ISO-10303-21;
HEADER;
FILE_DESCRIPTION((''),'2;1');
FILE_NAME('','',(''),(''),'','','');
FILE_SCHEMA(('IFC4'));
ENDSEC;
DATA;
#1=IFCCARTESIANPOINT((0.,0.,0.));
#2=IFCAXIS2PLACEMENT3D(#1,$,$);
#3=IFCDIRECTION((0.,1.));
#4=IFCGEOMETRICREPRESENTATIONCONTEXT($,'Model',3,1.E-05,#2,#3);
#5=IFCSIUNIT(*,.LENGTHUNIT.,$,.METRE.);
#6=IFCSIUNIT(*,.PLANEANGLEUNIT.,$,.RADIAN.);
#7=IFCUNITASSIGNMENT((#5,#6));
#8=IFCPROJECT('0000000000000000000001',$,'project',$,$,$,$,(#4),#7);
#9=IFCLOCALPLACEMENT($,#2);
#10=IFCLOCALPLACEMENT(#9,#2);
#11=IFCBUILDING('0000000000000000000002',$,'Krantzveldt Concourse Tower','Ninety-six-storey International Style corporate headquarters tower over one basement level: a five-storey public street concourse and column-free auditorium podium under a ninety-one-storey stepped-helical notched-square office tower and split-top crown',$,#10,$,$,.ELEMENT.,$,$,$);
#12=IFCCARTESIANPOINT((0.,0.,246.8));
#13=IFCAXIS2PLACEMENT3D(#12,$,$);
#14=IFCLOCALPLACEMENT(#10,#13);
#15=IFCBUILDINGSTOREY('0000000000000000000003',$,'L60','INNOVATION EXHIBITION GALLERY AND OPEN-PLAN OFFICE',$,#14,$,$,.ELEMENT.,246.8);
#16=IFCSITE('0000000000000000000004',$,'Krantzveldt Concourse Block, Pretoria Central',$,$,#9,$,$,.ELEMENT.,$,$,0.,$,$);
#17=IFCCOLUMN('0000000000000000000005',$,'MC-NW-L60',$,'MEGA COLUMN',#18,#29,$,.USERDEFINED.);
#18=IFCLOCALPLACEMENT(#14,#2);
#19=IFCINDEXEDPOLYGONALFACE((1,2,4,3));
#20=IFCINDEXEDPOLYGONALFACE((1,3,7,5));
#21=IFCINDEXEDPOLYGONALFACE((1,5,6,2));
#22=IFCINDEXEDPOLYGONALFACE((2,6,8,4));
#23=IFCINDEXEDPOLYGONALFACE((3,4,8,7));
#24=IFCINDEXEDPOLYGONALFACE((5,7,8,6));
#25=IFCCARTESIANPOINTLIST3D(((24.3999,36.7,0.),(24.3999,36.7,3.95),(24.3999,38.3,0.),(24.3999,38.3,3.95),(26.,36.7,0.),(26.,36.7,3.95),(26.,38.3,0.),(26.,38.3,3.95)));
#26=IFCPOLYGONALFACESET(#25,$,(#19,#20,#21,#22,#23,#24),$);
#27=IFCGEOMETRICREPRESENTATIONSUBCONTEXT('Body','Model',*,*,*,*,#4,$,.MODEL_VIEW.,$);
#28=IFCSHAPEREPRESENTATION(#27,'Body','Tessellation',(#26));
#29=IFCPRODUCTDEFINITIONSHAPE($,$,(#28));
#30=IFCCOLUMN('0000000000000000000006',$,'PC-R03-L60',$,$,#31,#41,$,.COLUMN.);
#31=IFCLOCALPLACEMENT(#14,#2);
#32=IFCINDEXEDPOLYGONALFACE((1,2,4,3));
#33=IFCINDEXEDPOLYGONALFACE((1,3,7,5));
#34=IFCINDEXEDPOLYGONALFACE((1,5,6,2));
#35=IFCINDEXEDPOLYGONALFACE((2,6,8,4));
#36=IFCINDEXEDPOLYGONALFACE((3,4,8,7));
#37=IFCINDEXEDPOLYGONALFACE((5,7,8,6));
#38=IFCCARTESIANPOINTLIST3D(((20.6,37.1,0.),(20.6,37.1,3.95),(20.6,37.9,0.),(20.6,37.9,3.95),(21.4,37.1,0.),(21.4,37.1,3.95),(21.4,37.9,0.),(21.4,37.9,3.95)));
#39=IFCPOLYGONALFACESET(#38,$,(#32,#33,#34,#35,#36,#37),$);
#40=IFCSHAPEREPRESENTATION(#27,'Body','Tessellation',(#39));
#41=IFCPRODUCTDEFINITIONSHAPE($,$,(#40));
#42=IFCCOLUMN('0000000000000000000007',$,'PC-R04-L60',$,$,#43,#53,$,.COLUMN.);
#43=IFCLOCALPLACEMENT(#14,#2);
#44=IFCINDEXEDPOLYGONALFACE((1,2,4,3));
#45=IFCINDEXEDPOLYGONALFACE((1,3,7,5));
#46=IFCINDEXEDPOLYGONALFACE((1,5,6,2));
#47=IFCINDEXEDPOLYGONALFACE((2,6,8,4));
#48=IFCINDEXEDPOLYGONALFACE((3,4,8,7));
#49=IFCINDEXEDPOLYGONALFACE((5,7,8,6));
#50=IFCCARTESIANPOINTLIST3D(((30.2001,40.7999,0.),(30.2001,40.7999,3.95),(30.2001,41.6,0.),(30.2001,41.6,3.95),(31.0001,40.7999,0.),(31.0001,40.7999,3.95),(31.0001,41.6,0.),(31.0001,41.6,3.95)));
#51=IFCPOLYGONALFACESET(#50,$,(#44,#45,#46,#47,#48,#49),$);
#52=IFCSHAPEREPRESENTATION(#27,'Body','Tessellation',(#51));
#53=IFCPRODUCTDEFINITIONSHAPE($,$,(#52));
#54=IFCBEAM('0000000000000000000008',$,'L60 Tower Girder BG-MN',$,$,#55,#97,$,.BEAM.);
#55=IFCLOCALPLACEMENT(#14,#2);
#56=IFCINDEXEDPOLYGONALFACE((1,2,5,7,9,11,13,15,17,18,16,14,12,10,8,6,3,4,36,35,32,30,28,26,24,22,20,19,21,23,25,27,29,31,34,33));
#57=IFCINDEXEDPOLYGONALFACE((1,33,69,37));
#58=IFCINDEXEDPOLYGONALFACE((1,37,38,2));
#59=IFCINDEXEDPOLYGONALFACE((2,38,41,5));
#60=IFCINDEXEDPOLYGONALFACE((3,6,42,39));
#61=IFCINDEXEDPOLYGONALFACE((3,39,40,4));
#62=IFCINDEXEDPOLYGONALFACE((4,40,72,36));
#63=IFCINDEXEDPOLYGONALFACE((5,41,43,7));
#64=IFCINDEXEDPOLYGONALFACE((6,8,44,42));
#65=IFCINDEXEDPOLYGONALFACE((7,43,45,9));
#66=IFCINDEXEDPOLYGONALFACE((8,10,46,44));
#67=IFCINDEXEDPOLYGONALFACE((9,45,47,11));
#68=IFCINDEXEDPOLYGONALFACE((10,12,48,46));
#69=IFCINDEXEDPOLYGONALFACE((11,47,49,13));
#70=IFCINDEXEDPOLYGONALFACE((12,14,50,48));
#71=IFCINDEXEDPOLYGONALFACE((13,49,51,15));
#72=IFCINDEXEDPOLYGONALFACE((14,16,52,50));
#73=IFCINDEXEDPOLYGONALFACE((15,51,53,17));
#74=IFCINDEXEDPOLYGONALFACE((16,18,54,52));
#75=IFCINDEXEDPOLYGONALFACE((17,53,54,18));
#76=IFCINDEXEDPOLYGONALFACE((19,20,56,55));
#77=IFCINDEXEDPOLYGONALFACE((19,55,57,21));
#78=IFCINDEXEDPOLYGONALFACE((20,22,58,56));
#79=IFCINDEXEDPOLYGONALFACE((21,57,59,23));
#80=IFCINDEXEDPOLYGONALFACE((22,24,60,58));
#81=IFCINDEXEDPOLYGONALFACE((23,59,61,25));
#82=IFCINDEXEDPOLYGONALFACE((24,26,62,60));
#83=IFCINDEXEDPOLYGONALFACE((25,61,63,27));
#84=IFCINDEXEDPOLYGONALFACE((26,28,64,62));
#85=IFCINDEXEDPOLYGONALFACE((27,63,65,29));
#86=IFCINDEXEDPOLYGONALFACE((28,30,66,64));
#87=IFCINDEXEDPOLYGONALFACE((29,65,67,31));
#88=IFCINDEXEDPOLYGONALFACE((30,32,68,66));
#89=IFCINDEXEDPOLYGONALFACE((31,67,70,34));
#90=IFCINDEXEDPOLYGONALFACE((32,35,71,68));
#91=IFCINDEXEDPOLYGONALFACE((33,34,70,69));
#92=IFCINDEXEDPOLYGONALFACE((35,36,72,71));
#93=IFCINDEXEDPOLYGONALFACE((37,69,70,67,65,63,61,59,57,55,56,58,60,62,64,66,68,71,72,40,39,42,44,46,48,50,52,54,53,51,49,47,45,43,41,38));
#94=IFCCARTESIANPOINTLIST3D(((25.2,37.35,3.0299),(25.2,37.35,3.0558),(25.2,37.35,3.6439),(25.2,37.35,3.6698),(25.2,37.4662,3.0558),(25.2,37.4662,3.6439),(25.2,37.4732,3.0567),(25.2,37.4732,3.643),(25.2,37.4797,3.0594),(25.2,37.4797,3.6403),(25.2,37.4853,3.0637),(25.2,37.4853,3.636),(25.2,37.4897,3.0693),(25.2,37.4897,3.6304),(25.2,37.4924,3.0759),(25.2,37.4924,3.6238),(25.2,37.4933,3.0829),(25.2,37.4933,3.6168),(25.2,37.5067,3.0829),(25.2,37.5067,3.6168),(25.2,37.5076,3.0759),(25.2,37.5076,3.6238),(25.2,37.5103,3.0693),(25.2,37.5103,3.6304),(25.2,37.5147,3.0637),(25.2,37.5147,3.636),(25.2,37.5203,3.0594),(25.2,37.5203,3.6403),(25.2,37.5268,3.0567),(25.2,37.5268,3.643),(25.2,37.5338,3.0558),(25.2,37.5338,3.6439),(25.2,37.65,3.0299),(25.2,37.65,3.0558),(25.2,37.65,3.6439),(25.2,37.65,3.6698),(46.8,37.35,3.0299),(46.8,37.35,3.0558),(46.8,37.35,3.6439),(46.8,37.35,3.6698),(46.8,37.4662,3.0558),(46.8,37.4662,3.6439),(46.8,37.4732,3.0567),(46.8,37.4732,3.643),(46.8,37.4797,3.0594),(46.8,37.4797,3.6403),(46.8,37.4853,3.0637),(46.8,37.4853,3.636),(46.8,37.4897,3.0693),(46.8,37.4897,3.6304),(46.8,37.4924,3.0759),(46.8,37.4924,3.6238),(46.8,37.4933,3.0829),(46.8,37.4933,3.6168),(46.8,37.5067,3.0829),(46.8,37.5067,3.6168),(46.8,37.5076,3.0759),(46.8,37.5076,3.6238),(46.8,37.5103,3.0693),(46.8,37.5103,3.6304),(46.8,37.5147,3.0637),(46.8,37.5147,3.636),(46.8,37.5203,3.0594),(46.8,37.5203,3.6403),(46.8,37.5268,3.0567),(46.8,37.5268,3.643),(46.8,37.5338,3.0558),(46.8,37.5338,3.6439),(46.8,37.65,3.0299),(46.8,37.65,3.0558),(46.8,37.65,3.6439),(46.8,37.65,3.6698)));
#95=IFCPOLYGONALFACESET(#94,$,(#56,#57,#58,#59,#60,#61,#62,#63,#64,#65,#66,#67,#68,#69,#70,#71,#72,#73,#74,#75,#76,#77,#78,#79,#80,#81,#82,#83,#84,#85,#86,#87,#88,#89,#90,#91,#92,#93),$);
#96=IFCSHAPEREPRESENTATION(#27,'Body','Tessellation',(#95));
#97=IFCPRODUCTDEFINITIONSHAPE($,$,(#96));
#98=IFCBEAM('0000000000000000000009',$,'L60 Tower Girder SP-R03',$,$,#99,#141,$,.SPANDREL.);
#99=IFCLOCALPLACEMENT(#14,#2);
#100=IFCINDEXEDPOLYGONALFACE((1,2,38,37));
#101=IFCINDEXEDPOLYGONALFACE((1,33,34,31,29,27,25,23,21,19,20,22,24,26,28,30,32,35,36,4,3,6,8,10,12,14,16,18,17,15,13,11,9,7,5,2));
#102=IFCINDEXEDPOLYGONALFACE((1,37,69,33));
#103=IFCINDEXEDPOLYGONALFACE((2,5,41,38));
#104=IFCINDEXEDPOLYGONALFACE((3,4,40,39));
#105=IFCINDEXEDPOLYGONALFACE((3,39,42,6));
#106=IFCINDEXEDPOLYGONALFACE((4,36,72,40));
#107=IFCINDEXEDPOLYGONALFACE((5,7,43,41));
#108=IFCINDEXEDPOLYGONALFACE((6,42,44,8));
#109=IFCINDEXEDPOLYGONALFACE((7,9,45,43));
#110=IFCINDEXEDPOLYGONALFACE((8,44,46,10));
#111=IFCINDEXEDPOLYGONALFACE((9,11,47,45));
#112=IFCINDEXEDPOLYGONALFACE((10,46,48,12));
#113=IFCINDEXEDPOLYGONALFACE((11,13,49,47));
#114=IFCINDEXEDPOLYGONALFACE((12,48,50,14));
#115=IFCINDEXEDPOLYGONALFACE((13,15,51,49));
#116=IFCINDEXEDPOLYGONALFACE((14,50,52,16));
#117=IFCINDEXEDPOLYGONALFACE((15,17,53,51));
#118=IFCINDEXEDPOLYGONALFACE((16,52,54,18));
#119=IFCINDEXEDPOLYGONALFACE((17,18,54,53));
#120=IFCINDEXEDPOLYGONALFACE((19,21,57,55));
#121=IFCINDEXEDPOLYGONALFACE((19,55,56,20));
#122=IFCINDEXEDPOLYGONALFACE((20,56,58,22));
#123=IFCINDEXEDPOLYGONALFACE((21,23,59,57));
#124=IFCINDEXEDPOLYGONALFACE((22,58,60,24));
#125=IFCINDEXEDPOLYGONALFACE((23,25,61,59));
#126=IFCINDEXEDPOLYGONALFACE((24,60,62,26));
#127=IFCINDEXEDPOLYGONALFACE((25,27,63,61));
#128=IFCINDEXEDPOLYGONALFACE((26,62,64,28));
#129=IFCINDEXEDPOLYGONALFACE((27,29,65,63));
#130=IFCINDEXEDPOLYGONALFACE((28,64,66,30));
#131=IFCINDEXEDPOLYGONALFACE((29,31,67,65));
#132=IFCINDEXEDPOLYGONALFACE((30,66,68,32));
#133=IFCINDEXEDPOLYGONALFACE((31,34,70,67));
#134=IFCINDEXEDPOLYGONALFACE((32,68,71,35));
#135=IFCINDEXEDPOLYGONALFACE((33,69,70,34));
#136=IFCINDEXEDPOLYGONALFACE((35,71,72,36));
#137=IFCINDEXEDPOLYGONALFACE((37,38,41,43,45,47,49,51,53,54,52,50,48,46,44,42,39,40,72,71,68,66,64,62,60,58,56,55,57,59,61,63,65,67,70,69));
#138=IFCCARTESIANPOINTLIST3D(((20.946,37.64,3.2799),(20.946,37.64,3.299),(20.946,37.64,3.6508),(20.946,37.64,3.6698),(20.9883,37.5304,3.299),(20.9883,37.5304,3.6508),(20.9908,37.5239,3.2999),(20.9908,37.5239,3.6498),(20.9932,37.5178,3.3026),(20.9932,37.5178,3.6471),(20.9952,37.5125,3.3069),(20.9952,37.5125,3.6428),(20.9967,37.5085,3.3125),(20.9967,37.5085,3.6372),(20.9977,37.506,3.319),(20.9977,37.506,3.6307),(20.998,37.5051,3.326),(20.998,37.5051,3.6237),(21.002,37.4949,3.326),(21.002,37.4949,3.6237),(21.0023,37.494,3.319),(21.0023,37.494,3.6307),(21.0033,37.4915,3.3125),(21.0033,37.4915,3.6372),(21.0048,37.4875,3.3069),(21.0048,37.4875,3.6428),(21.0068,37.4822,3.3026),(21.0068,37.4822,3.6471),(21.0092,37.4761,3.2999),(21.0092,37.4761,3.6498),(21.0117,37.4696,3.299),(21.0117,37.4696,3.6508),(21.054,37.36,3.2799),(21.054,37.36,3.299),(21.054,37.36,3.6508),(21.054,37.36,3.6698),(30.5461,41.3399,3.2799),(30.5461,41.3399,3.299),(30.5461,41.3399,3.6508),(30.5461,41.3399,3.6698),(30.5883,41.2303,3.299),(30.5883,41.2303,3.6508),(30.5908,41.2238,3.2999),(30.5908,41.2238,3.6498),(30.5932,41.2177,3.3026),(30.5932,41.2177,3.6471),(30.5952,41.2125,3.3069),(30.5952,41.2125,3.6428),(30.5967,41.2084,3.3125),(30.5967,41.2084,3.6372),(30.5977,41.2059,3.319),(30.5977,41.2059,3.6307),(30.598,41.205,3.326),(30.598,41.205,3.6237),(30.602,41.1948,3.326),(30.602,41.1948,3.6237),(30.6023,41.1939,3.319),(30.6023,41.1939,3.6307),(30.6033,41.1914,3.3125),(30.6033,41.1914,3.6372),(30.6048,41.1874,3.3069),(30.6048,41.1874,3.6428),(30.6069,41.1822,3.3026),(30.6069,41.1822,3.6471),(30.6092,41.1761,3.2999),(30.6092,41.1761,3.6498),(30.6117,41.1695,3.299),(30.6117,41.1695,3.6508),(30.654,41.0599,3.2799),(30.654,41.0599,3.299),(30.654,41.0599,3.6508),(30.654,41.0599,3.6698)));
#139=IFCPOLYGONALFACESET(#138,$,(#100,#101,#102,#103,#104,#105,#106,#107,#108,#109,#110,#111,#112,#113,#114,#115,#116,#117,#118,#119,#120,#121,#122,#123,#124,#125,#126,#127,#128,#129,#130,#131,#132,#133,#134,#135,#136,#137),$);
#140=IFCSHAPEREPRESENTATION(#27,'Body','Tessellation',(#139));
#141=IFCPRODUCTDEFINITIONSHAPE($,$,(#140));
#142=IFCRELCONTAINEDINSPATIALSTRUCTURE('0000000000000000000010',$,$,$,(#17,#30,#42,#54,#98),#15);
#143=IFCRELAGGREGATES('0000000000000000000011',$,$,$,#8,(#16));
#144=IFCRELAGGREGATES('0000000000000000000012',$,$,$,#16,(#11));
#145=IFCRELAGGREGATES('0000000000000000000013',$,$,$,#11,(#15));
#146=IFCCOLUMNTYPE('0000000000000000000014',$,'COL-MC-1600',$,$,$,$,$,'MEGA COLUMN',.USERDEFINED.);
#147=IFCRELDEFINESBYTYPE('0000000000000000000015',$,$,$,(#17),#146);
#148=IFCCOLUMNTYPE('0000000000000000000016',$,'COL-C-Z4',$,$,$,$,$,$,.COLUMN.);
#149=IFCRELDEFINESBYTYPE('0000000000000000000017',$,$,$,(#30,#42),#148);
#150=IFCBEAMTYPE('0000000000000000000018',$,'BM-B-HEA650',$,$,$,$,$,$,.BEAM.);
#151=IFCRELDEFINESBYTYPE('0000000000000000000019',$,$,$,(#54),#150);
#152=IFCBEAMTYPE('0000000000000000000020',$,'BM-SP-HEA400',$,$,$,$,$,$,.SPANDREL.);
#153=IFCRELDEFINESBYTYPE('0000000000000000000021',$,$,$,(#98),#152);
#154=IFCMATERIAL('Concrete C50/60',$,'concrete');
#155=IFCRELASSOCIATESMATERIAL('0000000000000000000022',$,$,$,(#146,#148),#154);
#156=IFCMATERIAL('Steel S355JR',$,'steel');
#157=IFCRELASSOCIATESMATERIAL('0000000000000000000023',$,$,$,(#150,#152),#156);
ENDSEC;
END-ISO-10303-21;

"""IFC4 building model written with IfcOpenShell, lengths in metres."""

from ifc_helpers import new_model, si_unit, direction, frame, origin, origin_2d, place, context, subcontext, project, spatial, rectangle, i_section, extrude, source, transform, mapped, material, material_profile, profile_set, type_object, type_shapes, element, save


model = new_model("IFC4")

# Units and contexts
model_context = context("Model", 3, precision=1e-05, world=origin(), true_north=direction((0.0, 1.0)))
body_context = subcontext(model_context, "Body", "Model", "MODEL_VIEW")
ifc_project = project(units=[si_unit("LENGTHUNIT", "METRE"), si_unit("PLANEANGLEUNIT", "RADIAN")], contexts=[model_context])

# Site, building, storey
site_placement = place(None, origin())
site = spatial("IfcSite", under=ifc_project, at=site_placement, Name="Krantzveldt Concourse Block, Pretoria Central", CompositionType="ELEMENT", RefElevation=0.0)
building_placement = place(site_placement, origin())
building = spatial("IfcBuilding", under=site, at=building_placement, Name="Krantzveldt Concourse Tower", Description="Ninety-six-storey International Style corporate headquarters tower over one basement level: a five-storey public street concourse and column-free auditorium podium under a ninety-one-storey stepped-helical notched-square office tower and split-top crown", CompositionType="ELEMENT")
storey_placement = place(building_placement, frame((0.0, 0.0, 246.8)))
storey = spatial("IfcBuildingStorey", under=building, at=storey_placement, Name="L60", Description="INNOVATION EXHIBITION GALLERY AND OPEN-PLAN OFFICE", CompositionType="ELEMENT", Elevation=246.8)

# Columns
ifc_material_1 = material(Name="Concrete C50/60", Category="concrete")
ifc_material_profile_1 = material_profile(ifc_material_1, rectangle(XDim=1.6001, YDim=1.6001, at=origin_2d()), Name="Concrete C50/60", Category="concrete")
ifc_profile_set_1 = profile_set([ifc_material_profile_1], Name="Concrete C50/60 - RC 1600x1600")
column_type_1 = type_object("IfcColumnType", Name="COL-MC-1600", ElementType="MEGA COLUMN", PredefinedType="USERDEFINED", material=ifc_profile_set_1)
shared_shape_1 = source(origin(), body_context, "Body", "SweptSolid", [
    extrude(rectangle(XDim=1.6001, YDim=1.6001, at=origin_2d()), origin(), (0.0, 0.0, 1.0), 3.95),
])
type_shapes(column_type_1, [shared_shape_1])
column_placement = place(storey_placement, frame((25.2, 37.5, 0.0), z_axis=(0.0, 0.0, 1.0), x_axis=(1.0, 0.0, 0.0)))
element("IfcColumn", 1, at=column_placement, inside=storey, type_object=column_type_1, Name="MC-NW-L60", ObjectType="MEGA COLUMN", PredefinedType="USERDEFINED", context=body_context, shape_type="MappedRepresentation", body=[
    mapped(shared_shape_1, transform((0.0, 0.0, 0.0), x_axis=(1.0, 0.0, 0.0), y_axis=(0.0, 1.0, 0.0), z_axis=(0.0, 0.0, 1.0), scale=1.0)),
])
ifc_material_profile_2 = material_profile(ifc_material_1, rectangle(XDim=0.8, YDim=0.8, at=origin_2d()), Name="Concrete C50/60", Category="concrete")
ifc_profile_set_2 = profile_set([ifc_material_profile_2], Name="Concrete C50/60 - RC 800x800")
column_type_2 = type_object("IfcColumnType", Name="COL-C-Z4", PredefinedType="COLUMN", material=ifc_profile_set_2)
shared_shape_2 = source(origin(), body_context, "Body", "SweptSolid", [
    extrude(rectangle(XDim=0.8, YDim=0.8, at=origin_2d()), origin(), (0.0, 0.0, 1.0), 3.95),
])
type_shapes(column_type_2, [shared_shape_2])
for number, where, z_axis, x_axis, name in (
    (2, (21.0, 37.5, 0.0), (0.0, 0.0, 1.0), (1.0, 0.0, 0.0), "PC-R03-L60"),
    (3, (30.6001, 41.2, 0.0), (0.0, 0.0, 1.0), (1.0, 0.0, 0.0), "PC-R04-L60"),
):
    element("IfcColumn", number, at=place(storey_placement, frame(where, z_axis=z_axis, x_axis=x_axis)), inside=storey, type_object=column_type_2, Name=name, PredefinedType="COLUMN", context=body_context, shape_type="MappedRepresentation", body=[
        mapped(shared_shape_2, transform((0.0, 0.0, 0.0), x_axis=(1.0, 0.0, 0.0), y_axis=(0.0, 1.0, 0.0), z_axis=(0.0, 0.0, 1.0), scale=1.0)),
    ])

# Beams
ifc_material_2 = material(Name="Steel S355JR", Category="steel")
ifc_material_profile_3 = material_profile(ifc_material_2, i_section(OverallWidth=0.3, OverallDepth=0.6399, WebThickness=0.0134, FlangeThickness=0.0259, FilletRadius=0.0271, at=origin_2d()), Name="Steel S355JR", Category="steel")
ifc_profile_set_3 = profile_set([ifc_material_profile_3], Name="Steel S355JR - HEA 650")
beam_type_1 = type_object("IfcBeamType", Name="BM-B-HEA650", PredefinedType="BEAM", material=ifc_profile_set_3)
shared_shape_3 = source(origin(), body_context, "Body", "SweptSolid", [
    extrude(i_section(OverallWidth=0.3, OverallDepth=0.6399, WebThickness=0.0134, FlangeThickness=0.0259, FilletRadius=0.0271, at=origin_2d()), origin(), (0.0, 0.0, 1.0), 21.6001),
])
type_shapes(beam_type_1, [shared_shape_3])
beam_1_placement = place(storey_placement, frame((25.2, 37.5, 3.3499), z_axis=(1.0, 0.0, 0.0), x_axis=(0.0, 1.0, 0.0)))
element("IfcBeam", 4, at=beam_1_placement, inside=storey, type_object=beam_type_1, Name="L60 Tower Girder BG-MN", PredefinedType="BEAM", context=body_context, shape_type="MappedRepresentation", body=[
    mapped(shared_shape_3, transform((0.0, 0.0, 0.0), x_axis=(1.0, 0.0, 0.0), y_axis=(0.0, 1.0, 0.0), z_axis=(0.0, 0.0, 1.0), scale=1.0)),
])
ifc_material_profile_4 = material_profile(ifc_material_2, i_section(OverallWidth=0.3, OverallDepth=0.3899, WebThickness=0.011, FlangeThickness=0.019, FilletRadius=0.0271, at=origin_2d()), Name="Steel S355JR", Category="steel")
ifc_profile_set_4 = profile_set([ifc_material_profile_4], Name="Steel S355JR - HEA 400")
beam_type_2 = type_object("IfcBeamType", Name="BM-SP-HEA400", PredefinedType="SPANDREL", material=ifc_profile_set_4)
shared_shape_4 = source(origin(), body_context, "Body", "SweptSolid", [
    extrude(i_section(OverallWidth=0.3, OverallDepth=0.3899, WebThickness=0.011, FlangeThickness=0.019, FilletRadius=0.0271, at=origin_2d()), origin(), (0.0, 0.0, 1.0), 10.2883),
])
beam_2_placement = place(storey_placement, frame((21.0, 37.5, 3.4749), z_axis=(0.933098, 0.359623, 0.0), x_axis=(-0.359623, 0.933098, 0.0)))
element("IfcBeam", 5, at=beam_2_placement, inside=storey, type_object=beam_type_2, Name="L60 Tower Girder SP-R03", PredefinedType="SPANDREL", context=body_context, shape_type="MappedRepresentation", body=[
    mapped(shared_shape_4, transform((0.0, 0.0, 0.0), x_axis=(1.0, 0.0, 0.0), y_axis=(0.0, 1.0, 0.0), z_axis=(0.0, 0.0, 1.0), scale=1.0)),
])

save(model, "model.ifc")
